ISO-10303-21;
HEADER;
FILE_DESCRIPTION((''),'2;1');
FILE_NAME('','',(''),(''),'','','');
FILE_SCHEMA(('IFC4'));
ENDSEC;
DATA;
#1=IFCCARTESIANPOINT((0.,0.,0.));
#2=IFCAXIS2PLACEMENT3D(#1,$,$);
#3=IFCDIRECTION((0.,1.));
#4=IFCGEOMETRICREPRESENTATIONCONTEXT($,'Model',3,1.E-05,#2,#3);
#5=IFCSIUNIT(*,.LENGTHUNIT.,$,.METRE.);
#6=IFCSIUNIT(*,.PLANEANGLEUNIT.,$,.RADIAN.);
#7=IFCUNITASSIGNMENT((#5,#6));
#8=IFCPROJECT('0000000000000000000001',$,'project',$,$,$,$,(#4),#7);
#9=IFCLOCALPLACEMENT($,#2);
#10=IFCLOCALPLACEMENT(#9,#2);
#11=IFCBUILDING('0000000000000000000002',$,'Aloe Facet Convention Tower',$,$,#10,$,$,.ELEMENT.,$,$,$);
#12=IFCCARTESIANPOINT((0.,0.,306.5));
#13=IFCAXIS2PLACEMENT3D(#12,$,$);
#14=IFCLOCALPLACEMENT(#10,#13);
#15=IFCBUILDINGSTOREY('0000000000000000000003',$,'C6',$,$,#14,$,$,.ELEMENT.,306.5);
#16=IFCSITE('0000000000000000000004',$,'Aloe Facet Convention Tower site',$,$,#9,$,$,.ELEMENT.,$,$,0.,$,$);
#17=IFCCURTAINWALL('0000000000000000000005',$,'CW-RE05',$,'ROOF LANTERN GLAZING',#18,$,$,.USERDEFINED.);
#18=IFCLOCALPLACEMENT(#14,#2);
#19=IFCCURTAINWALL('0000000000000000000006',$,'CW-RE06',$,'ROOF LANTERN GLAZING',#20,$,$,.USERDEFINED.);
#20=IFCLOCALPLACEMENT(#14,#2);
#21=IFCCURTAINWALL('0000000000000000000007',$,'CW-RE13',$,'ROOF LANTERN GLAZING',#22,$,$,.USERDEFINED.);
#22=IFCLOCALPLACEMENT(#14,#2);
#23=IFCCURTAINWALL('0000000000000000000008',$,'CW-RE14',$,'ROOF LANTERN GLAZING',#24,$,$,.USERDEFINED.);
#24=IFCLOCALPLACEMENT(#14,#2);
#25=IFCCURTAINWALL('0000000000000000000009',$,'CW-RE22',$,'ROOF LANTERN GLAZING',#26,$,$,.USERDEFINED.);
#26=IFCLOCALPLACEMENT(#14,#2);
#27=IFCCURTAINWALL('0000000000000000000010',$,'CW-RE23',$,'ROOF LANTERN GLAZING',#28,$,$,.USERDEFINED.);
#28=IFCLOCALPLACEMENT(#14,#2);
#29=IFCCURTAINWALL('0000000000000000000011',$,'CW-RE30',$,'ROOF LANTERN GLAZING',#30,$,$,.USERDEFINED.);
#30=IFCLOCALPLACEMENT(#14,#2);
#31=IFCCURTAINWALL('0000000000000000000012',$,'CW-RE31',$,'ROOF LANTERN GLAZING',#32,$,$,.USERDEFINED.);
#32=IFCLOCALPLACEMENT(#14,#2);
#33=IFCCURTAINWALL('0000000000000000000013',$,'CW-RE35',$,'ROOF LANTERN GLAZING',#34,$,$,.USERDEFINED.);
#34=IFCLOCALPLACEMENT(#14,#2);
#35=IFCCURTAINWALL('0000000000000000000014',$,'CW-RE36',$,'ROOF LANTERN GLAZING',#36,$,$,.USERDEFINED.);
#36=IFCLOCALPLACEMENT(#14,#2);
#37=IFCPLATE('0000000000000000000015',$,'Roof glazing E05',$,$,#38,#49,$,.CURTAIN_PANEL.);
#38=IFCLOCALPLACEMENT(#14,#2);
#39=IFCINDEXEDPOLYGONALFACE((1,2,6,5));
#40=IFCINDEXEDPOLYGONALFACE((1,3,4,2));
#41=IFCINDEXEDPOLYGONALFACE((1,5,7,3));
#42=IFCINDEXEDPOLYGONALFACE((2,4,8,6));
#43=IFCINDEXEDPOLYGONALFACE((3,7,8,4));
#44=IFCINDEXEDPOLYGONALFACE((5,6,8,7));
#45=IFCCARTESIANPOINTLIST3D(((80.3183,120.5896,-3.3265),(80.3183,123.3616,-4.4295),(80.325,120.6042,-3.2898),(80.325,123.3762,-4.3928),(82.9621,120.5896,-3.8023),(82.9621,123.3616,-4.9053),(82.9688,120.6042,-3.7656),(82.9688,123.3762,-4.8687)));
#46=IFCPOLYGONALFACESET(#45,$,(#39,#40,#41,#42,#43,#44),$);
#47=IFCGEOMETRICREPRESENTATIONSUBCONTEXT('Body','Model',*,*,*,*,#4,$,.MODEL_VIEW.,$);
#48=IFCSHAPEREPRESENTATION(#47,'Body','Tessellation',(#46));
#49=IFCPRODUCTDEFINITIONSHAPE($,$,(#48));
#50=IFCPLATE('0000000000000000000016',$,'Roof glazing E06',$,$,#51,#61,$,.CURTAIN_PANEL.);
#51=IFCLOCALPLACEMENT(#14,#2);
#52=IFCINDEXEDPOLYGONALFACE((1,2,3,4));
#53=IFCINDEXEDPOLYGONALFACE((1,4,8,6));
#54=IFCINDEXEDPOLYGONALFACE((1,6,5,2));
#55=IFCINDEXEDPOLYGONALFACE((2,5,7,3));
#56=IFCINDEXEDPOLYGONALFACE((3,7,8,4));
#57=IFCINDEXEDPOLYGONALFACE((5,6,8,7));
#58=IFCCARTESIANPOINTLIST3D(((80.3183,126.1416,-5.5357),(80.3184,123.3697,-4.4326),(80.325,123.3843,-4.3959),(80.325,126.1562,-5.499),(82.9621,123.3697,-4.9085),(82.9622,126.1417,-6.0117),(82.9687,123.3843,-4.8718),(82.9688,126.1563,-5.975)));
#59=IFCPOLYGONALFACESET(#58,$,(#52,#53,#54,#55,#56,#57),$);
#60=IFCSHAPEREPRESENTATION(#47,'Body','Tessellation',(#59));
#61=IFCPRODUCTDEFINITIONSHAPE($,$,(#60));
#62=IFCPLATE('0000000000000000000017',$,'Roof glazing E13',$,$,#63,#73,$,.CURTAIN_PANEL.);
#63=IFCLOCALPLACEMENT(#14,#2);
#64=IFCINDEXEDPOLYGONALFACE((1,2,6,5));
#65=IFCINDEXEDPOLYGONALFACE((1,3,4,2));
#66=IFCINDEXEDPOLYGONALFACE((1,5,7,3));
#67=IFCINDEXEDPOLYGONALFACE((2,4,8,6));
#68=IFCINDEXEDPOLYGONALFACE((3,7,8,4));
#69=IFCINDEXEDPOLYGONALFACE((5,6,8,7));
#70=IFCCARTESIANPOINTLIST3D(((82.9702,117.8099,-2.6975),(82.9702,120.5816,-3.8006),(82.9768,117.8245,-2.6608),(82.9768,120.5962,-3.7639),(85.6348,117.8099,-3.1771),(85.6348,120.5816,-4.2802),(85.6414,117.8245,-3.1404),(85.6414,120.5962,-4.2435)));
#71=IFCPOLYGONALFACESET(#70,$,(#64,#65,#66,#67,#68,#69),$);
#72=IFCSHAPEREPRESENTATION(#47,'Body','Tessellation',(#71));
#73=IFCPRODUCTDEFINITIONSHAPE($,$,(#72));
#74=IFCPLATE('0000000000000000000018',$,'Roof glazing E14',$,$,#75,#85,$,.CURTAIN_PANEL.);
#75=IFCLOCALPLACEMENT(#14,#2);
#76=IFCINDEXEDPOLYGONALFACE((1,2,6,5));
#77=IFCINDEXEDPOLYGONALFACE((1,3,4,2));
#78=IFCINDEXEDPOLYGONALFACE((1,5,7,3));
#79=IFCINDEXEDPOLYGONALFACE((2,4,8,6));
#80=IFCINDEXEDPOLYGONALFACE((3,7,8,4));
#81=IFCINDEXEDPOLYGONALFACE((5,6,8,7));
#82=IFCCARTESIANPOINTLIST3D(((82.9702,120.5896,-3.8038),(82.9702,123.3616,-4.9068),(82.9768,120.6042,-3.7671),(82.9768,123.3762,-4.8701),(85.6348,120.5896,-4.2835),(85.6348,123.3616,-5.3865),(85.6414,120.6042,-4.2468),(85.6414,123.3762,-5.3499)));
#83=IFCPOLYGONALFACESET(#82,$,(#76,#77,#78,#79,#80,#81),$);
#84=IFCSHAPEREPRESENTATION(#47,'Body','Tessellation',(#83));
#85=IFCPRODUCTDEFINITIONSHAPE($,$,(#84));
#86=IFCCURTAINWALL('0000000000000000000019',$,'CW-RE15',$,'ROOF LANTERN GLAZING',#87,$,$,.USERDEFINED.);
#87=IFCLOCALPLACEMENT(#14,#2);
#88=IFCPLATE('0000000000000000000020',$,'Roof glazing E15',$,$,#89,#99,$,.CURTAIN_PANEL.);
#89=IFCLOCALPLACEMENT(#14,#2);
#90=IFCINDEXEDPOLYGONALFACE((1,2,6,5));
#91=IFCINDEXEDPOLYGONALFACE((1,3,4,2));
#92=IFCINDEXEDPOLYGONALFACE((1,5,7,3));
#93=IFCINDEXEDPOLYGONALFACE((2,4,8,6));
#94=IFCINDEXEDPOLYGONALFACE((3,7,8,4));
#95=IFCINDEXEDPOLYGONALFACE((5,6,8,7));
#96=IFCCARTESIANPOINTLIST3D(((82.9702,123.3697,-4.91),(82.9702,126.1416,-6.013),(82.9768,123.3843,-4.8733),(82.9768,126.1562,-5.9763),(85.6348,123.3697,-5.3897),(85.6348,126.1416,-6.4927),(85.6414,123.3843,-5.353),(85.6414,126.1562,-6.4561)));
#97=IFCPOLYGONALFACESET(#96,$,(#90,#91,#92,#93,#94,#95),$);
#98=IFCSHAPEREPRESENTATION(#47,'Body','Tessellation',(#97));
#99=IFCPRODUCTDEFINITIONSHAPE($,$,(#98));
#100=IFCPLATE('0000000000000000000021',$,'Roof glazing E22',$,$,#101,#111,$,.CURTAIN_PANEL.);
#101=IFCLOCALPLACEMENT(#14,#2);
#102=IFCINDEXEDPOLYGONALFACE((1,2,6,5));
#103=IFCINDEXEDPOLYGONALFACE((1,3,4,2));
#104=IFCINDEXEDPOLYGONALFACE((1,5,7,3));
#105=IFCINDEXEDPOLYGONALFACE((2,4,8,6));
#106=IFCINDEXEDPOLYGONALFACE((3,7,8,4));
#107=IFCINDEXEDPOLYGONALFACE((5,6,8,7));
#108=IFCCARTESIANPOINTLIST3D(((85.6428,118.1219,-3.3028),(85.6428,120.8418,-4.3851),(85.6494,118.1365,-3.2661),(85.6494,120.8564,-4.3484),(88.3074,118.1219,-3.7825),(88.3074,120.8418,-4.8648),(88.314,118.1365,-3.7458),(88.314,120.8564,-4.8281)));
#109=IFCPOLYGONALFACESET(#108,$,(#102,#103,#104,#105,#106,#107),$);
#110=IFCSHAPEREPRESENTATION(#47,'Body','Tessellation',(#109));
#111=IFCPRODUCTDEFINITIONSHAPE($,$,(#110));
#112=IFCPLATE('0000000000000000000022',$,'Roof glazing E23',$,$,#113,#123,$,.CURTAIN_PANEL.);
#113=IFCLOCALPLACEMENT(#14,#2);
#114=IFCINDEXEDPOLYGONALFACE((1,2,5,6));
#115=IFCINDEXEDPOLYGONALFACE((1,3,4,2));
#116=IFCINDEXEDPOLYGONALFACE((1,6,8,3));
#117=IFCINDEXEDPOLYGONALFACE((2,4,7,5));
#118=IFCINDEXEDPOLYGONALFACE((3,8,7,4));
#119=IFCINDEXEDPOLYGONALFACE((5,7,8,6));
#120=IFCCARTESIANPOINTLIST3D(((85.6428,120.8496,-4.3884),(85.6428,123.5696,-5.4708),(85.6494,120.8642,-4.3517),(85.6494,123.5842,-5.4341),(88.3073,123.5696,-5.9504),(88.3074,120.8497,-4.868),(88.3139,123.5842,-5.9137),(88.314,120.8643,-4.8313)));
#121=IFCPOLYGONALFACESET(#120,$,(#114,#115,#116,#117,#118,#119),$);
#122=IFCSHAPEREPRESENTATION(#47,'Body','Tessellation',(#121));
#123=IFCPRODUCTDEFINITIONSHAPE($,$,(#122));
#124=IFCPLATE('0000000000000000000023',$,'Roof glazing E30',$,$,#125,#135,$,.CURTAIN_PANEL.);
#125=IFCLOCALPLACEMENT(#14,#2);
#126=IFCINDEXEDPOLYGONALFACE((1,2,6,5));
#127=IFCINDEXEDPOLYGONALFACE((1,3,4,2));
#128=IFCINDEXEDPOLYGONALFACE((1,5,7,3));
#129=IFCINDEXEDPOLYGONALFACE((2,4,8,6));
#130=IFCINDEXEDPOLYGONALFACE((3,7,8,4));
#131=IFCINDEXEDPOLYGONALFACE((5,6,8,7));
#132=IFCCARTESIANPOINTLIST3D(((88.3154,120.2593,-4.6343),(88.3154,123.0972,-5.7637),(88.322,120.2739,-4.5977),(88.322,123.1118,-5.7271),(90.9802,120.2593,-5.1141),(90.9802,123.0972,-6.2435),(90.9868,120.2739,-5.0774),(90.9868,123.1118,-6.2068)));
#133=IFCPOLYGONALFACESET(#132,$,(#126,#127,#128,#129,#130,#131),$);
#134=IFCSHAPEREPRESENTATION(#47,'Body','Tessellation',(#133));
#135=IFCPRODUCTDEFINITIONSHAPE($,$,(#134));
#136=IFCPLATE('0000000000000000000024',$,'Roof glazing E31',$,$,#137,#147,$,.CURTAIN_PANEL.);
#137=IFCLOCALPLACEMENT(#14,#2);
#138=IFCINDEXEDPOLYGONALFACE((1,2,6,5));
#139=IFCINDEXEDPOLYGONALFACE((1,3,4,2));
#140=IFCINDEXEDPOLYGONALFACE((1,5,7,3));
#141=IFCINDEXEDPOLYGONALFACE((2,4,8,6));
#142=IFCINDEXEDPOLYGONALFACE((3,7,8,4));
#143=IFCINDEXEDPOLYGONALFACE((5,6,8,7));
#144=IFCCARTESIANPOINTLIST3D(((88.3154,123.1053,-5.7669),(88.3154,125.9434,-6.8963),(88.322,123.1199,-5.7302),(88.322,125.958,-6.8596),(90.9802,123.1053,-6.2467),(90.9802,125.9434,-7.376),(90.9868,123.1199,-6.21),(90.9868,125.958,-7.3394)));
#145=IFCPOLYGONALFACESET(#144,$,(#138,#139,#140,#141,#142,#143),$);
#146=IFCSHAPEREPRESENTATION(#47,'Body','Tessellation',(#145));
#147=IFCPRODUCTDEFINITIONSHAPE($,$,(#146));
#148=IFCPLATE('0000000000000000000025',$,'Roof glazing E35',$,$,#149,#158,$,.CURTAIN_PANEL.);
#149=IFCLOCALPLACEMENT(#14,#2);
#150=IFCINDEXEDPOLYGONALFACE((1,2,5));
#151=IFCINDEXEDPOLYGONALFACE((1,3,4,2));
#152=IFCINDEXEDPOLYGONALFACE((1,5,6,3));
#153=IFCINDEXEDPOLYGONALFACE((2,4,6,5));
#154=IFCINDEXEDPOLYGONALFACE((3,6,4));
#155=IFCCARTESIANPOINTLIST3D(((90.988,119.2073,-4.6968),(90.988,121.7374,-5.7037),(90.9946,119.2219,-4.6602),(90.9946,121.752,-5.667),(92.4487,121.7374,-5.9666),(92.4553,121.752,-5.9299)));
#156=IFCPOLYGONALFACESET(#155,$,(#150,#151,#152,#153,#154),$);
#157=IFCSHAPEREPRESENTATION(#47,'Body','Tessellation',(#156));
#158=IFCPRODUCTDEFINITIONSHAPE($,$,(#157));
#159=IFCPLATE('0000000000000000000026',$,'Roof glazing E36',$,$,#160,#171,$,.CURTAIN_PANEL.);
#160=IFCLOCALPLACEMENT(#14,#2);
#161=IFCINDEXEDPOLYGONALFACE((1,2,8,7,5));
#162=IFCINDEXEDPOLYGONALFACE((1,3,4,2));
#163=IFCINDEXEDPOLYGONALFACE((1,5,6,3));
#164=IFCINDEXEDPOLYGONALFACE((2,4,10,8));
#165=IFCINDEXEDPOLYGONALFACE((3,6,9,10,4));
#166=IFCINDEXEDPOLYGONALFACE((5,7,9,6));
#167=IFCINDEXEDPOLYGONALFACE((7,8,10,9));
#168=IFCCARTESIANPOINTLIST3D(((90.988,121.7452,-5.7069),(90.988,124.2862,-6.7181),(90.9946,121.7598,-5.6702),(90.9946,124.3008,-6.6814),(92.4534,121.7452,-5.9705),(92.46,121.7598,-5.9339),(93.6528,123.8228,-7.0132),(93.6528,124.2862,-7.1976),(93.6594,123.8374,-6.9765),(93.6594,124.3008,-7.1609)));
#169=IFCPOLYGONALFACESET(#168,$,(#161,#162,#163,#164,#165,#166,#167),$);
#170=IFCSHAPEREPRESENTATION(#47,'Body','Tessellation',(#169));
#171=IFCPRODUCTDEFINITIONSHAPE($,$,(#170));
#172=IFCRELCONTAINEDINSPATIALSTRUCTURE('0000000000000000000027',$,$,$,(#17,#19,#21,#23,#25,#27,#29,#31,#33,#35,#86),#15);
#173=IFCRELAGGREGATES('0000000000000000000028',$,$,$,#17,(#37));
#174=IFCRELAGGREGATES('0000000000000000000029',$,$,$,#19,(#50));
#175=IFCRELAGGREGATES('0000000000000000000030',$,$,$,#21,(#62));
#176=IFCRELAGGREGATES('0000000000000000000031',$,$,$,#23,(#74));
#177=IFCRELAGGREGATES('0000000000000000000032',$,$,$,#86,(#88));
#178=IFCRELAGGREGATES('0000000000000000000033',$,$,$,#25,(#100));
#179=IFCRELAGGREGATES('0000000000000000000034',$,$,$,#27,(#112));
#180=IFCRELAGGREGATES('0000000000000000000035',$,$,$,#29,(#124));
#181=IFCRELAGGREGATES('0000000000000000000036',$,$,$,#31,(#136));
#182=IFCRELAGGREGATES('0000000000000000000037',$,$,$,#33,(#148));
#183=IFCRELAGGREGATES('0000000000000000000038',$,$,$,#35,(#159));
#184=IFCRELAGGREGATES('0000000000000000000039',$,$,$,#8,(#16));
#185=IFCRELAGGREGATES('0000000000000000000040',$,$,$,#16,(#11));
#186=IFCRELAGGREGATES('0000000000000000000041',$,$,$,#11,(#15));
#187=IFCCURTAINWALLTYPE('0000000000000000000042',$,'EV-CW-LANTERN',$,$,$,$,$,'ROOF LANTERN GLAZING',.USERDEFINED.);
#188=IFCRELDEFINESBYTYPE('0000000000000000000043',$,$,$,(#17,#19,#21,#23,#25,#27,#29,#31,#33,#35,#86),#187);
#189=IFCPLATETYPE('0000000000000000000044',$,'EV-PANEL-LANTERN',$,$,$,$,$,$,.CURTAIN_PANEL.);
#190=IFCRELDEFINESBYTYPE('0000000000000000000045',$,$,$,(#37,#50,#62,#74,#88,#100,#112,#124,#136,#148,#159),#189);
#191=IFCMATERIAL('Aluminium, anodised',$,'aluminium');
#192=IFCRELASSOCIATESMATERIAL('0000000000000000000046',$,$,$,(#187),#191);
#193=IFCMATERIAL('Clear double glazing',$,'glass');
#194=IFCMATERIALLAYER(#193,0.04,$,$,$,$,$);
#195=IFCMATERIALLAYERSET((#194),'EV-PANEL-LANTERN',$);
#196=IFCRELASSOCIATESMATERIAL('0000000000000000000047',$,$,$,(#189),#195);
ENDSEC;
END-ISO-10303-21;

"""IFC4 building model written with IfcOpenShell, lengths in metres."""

from ifc_helpers import new_model, si_unit, direction, frame, origin, place, context, subcontext, project, spatial, polyline, outline, extrude, material, layer, layer_set, type_object, element, aggregate, save


model = new_model("IFC4")

# Units and contexts
model_context = context("Model", 3, precision=1e-05, world=origin(), true_north=direction((0.0, 1.0)))
body_context = subcontext(model_context, "Body", "Model", "MODEL_VIEW")
ifc_project = project(units=[si_unit("LENGTHUNIT", "METRE"), si_unit("PLANEANGLEUNIT", "RADIAN")], contexts=[model_context])

# Site, building, storey
site_placement = place(None, origin())
site = spatial("IfcSite", under=ifc_project, at=site_placement, Name="Aloe Facet Convention Tower site", CompositionType="ELEMENT", RefElevation=0.0)
building_placement = place(site_placement, origin())
building = spatial("IfcBuilding", under=site, at=building_placement, Name="Aloe Facet Convention Tower", CompositionType="ELEMENT")
storey_placement = place(building_placement, frame((0.0, 0.0, 306.5)))
storey = spatial("IfcBuildingStorey", under=building, at=storey_placement, Name="C6", CompositionType="ELEMENT", Elevation=306.5)

# Shared definitions
ifc_material_1 = material(Name="Aluminium, anodised", Category="aluminium")
curtain_wall_type = type_object("IfcCurtainWallType", Name="EV-CW-LANTERN", ElementType="ROOF LANTERN GLAZING", PredefinedType="USERDEFINED", material=ifc_material_1)

# Curtain wall
curtain_wall_1_placement = place(storey_placement, origin())
curtain_wall_1 = element("IfcCurtainWall", 1, at=curtain_wall_1_placement, inside=storey, type_object=curtain_wall_type, Name="CW-RE05", ObjectType="ROOF LANTERN GLAZING", PredefinedType="USERDEFINED")

# Curtain walls
curtain_wall_2_placement = place(storey_placement, origin())
curtain_wall_2 = element("IfcCurtainWall", 2, at=curtain_wall_2_placement, inside=storey, type_object=curtain_wall_type, Name="CW-RE06", ObjectType="ROOF LANTERN GLAZING", PredefinedType="USERDEFINED")
curtain_wall_3_placement = place(storey_placement, origin())
curtain_wall_3 = element("IfcCurtainWall", 3, at=curtain_wall_3_placement, inside=storey, type_object=curtain_wall_type, Name="CW-RE13", ObjectType="ROOF LANTERN GLAZING", PredefinedType="USERDEFINED")
curtain_wall_4_placement = place(storey_placement, origin())
curtain_wall_4 = element("IfcCurtainWall", 4, at=curtain_wall_4_placement, inside=storey, type_object=curtain_wall_type, Name="CW-RE14", ObjectType="ROOF LANTERN GLAZING", PredefinedType="USERDEFINED")
curtain_wall_5_placement = place(storey_placement, origin())
curtain_wall_5 = element("IfcCurtainWall", 5, at=curtain_wall_5_placement, inside=storey, type_object=curtain_wall_type, Name="CW-RE22", ObjectType="ROOF LANTERN GLAZING", PredefinedType="USERDEFINED")
curtain_wall_6_placement = place(storey_placement, origin())
curtain_wall_6 = element("IfcCurtainWall", 6, at=curtain_wall_6_placement, inside=storey, type_object=curtain_wall_type, Name="CW-RE23", ObjectType="ROOF LANTERN GLAZING", PredefinedType="USERDEFINED")

# Curtain walls
curtain_wall_7_placement = place(storey_placement, origin())
curtain_wall_7 = element("IfcCurtainWall", 7, at=curtain_wall_7_placement, inside=storey, type_object=curtain_wall_type, Name="CW-RE30", ObjectType="ROOF LANTERN GLAZING", PredefinedType="USERDEFINED")
curtain_wall_8_placement = place(storey_placement, origin())
curtain_wall_8 = element("IfcCurtainWall", 8, at=curtain_wall_8_placement, inside=storey, type_object=curtain_wall_type, Name="CW-RE31", ObjectType="ROOF LANTERN GLAZING", PredefinedType="USERDEFINED")
curtain_wall_9_placement = place(storey_placement, origin())
curtain_wall_9 = element("IfcCurtainWall", 9, at=curtain_wall_9_placement, inside=storey, type_object=curtain_wall_type, Name="CW-RE35", ObjectType="ROOF LANTERN GLAZING", PredefinedType="USERDEFINED")

# Curtain wall
curtain_wall_10_placement = place(storey_placement, origin())
curtain_wall_10 = element("IfcCurtainWall", 10, at=curtain_wall_10_placement, inside=storey, type_object=curtain_wall_type, Name="CW-RE36", ObjectType="ROOF LANTERN GLAZING", PredefinedType="USERDEFINED")

# Plates
ifc_material_2 = material(Name="Clear double glazing", Category="glass")
ifc_layer = layer(ifc_material_2, 0.04)
ifc_layer_set = layer_set([ifc_layer], Name="EV-PANEL-LANTERN")
plate_type = type_object("IfcPlateType", Name="EV-PANEL-LANTERN", PredefinedType="CURTAIN_PANEL", material=ifc_layer_set)
plate_1_placement = place(storey_placement, frame((80.325, 123.3762, -4.3928), z_axis=(0.164936, 0.364662, 0.916416), x_axis=(0.984187, 0.0, -0.177134)))
plate_1 = element("IfcPlate", 11, at=plate_1_placement, type_object=plate_type, Name="Roof glazing E05", PredefinedType="CURTAIN_PANEL", context=body_context, shape_type="SweptSolid", body=[
    extrude(outline(polyline([(0.0, 0.0), (2.6863, 0.0), (2.4909, -2.977), (-0.1954, -2.977), (0.0, 0.0)])), origin(), (0.0, 0.0, -1.0), 0.04),
])
aggregate(curtain_wall_1, [plate_1])
plate_2_placement = place(storey_placement, frame((80.325, 126.1562, -5.499), z_axis=(0.164975, 0.364694, 0.916396), x_axis=(0.984178, 0.000015, -0.177184)))
plate_2 = element("IfcPlate", 12, at=plate_2_placement, type_object=plate_type, Name="Roof glazing E06", PredefinedType="CURTAIN_PANEL", context=body_context, shape_type="SweptSolid", body=[
    extrude(outline(polyline([(0.0, 0.0), (2.6863, 0.0), (2.4908, -2.977), (-0.1955, -2.977), (0.0, 0.0)])), origin(), (0.0, 0.0, -1.0), 0.04),
])
aggregate(curtain_wall_2, [plate_2])
plate_3_placement = place(storey_placement, frame((82.9768, 120.5962, -3.7639), z_axis=(0.164948, 0.364723, 0.916389), x_axis=(0.984183, 0.000015, -0.177157)))
plate_3 = element("IfcPlate", 13, at=plate_3_placement, type_object=plate_type, Name="Roof glazing E13", PredefinedType="CURTAIN_PANEL", context=body_context, shape_type="SweptSolid", body=[
    extrude(outline(polyline([(0.0, 0.0), (2.7074, 0.0), (2.5119, -2.9768), (-0.1955, -2.9767), (0.0, 0.0)])), origin(), (0.0, 0.0, -1.0), 0.04),
])
aggregate(curtain_wall_3, [plate_3])
plate_4_placement = place(storey_placement, frame((82.9768, 123.3762, -4.8701), z_axis=(0.164994, 0.364658, 0.916407), x_axis=(0.984176, 0.0, -0.177195)))
plate_4 = element("IfcPlate", 14, at=plate_4_placement, type_object=plate_type, Name="Roof glazing E14", PredefinedType="CURTAIN_PANEL", context=body_context, shape_type="SweptSolid", body=[
    extrude(outline(polyline([(0.0, 0.0), (2.7074, 0.0), (2.5119, -2.977), (-0.1955, -2.977), (0.0, 0.0)])), origin(), (0.0, 0.0, -1.0), 0.04),
])
aggregate(curtain_wall_4, [plate_4])

# Curtain wall, plate
curtain_wall_11_placement = place(storey_placement, origin())
curtain_wall_11 = element("IfcCurtainWall", 15, at=curtain_wall_11_placement, inside=storey, type_object=curtain_wall_type, Name="CW-RE15", ObjectType="ROOF LANTERN GLAZING", PredefinedType="USERDEFINED")
plate_5_placement = place(storey_placement, frame((82.9768, 126.1562, -5.9763), z_axis=(0.164994, 0.364658, 0.916407), x_axis=(0.984176, 0.0, -0.177195)))
plate_5 = element("IfcPlate", 16, at=plate_5_placement, type_object=plate_type, Name="Roof glazing E15", PredefinedType="CURTAIN_PANEL", context=body_context, shape_type="SweptSolid", body=[
    extrude(outline(polyline([(0.0, 0.0), (2.7074, 0.0), (2.5119, -2.977), (-0.1955, -2.977), (0.0, 0.0)])), origin(), (0.0, 0.0, -1.0), 0.04),
])
aggregate(curtain_wall_11, [plate_5])

# Plates
plate_6_placement = place(storey_placement, frame((85.6494, 120.8564, -4.3484), z_axis=(0.164995, 0.364641, 0.916414), x_axis=(0.984176, 0.0, -0.177195)))
plate_6 = element("IfcPlate", 17, at=plate_6_placement, type_object=plate_type, Name="Roof glazing E22", PredefinedType="CURTAIN_PANEL", context=body_context, shape_type="SweptSolid", body=[
    extrude(outline(polyline([(0.0, 0.0), (2.7074, 0.0), (2.5156, -2.9211), (-0.1918, -2.9211), (0.0, 0.0)])), origin(), (0.0, 0.0, -1.0), 0.04),
])
aggregate(curtain_wall_5, [plate_6])
plate_7_placement = place(storey_placement, frame((85.6494, 123.5842, -5.4341), z_axis=(0.164951, 0.364679, 0.916406), x_axis=(0.984185, -0.000015, -0.177145)))
plate_7 = element("IfcPlate", 18, at=plate_7_placement, type_object=plate_type, Name="Roof glazing E23", PredefinedType="CURTAIN_PANEL", context=body_context, shape_type="SweptSolid", body=[
    extrude(outline(polyline([(0.0, 0.0), (2.7073, 0.0), (2.5157, -2.9211), (-0.1917, -2.9212), (0.0, 0.0)])), origin(), (0.0, 0.0, -1.0), 0.04),
])
aggregate(curtain_wall_6, [plate_7])
plate_8_placement = place(storey_placement, frame((88.322, 123.1118, -5.7271), z_axis=(0.164976, 0.364697, 0.916394), x_axis=(0.984179, 0.0, -0.177179)))
plate_8 = element("IfcPlate", 19, at=plate_8_placement, type_object=plate_type, Name="Roof glazing E30", PredefinedType="CURTAIN_PANEL", context=body_context, shape_type="SweptSolid", body=[
    extrude(outline(polyline([(0.0, 0.0), (2.7076, 0.0), (2.5075, -3.0478), (-0.2001, -3.0478), (0.0, 0.0)])), origin(), (0.0, 0.0, -1.0), 0.04),
])
aggregate(curtain_wall_7, [plate_8])
plate_9_placement = place(storey_placement, frame((88.322, 125.958, -6.8596), z_axis=(0.164978, 0.36467, 0.916405), x_axis=(0.984179, 0.0, -0.177179)))
plate_9 = element("IfcPlate", 20, at=plate_9_placement, type_object=plate_type, Name="Roof glazing E31", PredefinedType="CURTAIN_PANEL", context=body_context, shape_type="SweptSolid", body=[
    extrude(outline(polyline([(0.0, 0.0), (2.7076, 0.0), (2.5075, -3.048), (-0.2001, -3.048), (0.0, 0.0)])), origin(), (0.0, 0.0, -1.0), 0.04),
])
aggregate(curtain_wall_8, [plate_9])
plate_10_placement = place(storey_placement, frame((92.4553, 121.752, -5.9299), z_axis=(0.164961, 0.364686, 0.916402), x_axis=(-0.458554, -0.794249, 0.398619)))
plate_10 = element("IfcPlate", 21, at=plate_10_placement, type_object=plate_type, Name="Roof glazing E35", PredefinedType="CURTAIN_PANEL", context=body_context, shape_type="SweptSolid", body=[
    extrude(outline(polyline([(0.0, 0.0), (3.1854, 0.0), (0.7746, -1.266), (0.0, 0.0)])), origin(), (0.0, 0.0, -1.0), 0.04),
])
aggregate(curtain_wall_9, [plate_10])
plate_11_placement = place(storey_placement, frame((90.9946, 121.7598, -5.6702), z_axis=(0.164913, 0.364688, 0.91641), x_axis=(0.000001, 0.929131, -0.369751)))
plate_11 = element("IfcPlate", 22, at=plate_11_placement, type_object=plate_type, Name="Roof glazing E36", PredefinedType="CURTAIN_PANEL", context=body_context, shape_type="SweptSolid", body=[
    extrude(outline(polyline([(0.0, 0.0), (2.7348, 0.0), (2.9121, -2.7018), (2.4134, -2.7018), (0.0975, -1.4857), (0.0, 0.0)])), origin(), (0.0, 0.0, -1.0), 0.04),
])
aggregate(curtain_wall_10, [plate_11])

save(model, "model.ifc")
